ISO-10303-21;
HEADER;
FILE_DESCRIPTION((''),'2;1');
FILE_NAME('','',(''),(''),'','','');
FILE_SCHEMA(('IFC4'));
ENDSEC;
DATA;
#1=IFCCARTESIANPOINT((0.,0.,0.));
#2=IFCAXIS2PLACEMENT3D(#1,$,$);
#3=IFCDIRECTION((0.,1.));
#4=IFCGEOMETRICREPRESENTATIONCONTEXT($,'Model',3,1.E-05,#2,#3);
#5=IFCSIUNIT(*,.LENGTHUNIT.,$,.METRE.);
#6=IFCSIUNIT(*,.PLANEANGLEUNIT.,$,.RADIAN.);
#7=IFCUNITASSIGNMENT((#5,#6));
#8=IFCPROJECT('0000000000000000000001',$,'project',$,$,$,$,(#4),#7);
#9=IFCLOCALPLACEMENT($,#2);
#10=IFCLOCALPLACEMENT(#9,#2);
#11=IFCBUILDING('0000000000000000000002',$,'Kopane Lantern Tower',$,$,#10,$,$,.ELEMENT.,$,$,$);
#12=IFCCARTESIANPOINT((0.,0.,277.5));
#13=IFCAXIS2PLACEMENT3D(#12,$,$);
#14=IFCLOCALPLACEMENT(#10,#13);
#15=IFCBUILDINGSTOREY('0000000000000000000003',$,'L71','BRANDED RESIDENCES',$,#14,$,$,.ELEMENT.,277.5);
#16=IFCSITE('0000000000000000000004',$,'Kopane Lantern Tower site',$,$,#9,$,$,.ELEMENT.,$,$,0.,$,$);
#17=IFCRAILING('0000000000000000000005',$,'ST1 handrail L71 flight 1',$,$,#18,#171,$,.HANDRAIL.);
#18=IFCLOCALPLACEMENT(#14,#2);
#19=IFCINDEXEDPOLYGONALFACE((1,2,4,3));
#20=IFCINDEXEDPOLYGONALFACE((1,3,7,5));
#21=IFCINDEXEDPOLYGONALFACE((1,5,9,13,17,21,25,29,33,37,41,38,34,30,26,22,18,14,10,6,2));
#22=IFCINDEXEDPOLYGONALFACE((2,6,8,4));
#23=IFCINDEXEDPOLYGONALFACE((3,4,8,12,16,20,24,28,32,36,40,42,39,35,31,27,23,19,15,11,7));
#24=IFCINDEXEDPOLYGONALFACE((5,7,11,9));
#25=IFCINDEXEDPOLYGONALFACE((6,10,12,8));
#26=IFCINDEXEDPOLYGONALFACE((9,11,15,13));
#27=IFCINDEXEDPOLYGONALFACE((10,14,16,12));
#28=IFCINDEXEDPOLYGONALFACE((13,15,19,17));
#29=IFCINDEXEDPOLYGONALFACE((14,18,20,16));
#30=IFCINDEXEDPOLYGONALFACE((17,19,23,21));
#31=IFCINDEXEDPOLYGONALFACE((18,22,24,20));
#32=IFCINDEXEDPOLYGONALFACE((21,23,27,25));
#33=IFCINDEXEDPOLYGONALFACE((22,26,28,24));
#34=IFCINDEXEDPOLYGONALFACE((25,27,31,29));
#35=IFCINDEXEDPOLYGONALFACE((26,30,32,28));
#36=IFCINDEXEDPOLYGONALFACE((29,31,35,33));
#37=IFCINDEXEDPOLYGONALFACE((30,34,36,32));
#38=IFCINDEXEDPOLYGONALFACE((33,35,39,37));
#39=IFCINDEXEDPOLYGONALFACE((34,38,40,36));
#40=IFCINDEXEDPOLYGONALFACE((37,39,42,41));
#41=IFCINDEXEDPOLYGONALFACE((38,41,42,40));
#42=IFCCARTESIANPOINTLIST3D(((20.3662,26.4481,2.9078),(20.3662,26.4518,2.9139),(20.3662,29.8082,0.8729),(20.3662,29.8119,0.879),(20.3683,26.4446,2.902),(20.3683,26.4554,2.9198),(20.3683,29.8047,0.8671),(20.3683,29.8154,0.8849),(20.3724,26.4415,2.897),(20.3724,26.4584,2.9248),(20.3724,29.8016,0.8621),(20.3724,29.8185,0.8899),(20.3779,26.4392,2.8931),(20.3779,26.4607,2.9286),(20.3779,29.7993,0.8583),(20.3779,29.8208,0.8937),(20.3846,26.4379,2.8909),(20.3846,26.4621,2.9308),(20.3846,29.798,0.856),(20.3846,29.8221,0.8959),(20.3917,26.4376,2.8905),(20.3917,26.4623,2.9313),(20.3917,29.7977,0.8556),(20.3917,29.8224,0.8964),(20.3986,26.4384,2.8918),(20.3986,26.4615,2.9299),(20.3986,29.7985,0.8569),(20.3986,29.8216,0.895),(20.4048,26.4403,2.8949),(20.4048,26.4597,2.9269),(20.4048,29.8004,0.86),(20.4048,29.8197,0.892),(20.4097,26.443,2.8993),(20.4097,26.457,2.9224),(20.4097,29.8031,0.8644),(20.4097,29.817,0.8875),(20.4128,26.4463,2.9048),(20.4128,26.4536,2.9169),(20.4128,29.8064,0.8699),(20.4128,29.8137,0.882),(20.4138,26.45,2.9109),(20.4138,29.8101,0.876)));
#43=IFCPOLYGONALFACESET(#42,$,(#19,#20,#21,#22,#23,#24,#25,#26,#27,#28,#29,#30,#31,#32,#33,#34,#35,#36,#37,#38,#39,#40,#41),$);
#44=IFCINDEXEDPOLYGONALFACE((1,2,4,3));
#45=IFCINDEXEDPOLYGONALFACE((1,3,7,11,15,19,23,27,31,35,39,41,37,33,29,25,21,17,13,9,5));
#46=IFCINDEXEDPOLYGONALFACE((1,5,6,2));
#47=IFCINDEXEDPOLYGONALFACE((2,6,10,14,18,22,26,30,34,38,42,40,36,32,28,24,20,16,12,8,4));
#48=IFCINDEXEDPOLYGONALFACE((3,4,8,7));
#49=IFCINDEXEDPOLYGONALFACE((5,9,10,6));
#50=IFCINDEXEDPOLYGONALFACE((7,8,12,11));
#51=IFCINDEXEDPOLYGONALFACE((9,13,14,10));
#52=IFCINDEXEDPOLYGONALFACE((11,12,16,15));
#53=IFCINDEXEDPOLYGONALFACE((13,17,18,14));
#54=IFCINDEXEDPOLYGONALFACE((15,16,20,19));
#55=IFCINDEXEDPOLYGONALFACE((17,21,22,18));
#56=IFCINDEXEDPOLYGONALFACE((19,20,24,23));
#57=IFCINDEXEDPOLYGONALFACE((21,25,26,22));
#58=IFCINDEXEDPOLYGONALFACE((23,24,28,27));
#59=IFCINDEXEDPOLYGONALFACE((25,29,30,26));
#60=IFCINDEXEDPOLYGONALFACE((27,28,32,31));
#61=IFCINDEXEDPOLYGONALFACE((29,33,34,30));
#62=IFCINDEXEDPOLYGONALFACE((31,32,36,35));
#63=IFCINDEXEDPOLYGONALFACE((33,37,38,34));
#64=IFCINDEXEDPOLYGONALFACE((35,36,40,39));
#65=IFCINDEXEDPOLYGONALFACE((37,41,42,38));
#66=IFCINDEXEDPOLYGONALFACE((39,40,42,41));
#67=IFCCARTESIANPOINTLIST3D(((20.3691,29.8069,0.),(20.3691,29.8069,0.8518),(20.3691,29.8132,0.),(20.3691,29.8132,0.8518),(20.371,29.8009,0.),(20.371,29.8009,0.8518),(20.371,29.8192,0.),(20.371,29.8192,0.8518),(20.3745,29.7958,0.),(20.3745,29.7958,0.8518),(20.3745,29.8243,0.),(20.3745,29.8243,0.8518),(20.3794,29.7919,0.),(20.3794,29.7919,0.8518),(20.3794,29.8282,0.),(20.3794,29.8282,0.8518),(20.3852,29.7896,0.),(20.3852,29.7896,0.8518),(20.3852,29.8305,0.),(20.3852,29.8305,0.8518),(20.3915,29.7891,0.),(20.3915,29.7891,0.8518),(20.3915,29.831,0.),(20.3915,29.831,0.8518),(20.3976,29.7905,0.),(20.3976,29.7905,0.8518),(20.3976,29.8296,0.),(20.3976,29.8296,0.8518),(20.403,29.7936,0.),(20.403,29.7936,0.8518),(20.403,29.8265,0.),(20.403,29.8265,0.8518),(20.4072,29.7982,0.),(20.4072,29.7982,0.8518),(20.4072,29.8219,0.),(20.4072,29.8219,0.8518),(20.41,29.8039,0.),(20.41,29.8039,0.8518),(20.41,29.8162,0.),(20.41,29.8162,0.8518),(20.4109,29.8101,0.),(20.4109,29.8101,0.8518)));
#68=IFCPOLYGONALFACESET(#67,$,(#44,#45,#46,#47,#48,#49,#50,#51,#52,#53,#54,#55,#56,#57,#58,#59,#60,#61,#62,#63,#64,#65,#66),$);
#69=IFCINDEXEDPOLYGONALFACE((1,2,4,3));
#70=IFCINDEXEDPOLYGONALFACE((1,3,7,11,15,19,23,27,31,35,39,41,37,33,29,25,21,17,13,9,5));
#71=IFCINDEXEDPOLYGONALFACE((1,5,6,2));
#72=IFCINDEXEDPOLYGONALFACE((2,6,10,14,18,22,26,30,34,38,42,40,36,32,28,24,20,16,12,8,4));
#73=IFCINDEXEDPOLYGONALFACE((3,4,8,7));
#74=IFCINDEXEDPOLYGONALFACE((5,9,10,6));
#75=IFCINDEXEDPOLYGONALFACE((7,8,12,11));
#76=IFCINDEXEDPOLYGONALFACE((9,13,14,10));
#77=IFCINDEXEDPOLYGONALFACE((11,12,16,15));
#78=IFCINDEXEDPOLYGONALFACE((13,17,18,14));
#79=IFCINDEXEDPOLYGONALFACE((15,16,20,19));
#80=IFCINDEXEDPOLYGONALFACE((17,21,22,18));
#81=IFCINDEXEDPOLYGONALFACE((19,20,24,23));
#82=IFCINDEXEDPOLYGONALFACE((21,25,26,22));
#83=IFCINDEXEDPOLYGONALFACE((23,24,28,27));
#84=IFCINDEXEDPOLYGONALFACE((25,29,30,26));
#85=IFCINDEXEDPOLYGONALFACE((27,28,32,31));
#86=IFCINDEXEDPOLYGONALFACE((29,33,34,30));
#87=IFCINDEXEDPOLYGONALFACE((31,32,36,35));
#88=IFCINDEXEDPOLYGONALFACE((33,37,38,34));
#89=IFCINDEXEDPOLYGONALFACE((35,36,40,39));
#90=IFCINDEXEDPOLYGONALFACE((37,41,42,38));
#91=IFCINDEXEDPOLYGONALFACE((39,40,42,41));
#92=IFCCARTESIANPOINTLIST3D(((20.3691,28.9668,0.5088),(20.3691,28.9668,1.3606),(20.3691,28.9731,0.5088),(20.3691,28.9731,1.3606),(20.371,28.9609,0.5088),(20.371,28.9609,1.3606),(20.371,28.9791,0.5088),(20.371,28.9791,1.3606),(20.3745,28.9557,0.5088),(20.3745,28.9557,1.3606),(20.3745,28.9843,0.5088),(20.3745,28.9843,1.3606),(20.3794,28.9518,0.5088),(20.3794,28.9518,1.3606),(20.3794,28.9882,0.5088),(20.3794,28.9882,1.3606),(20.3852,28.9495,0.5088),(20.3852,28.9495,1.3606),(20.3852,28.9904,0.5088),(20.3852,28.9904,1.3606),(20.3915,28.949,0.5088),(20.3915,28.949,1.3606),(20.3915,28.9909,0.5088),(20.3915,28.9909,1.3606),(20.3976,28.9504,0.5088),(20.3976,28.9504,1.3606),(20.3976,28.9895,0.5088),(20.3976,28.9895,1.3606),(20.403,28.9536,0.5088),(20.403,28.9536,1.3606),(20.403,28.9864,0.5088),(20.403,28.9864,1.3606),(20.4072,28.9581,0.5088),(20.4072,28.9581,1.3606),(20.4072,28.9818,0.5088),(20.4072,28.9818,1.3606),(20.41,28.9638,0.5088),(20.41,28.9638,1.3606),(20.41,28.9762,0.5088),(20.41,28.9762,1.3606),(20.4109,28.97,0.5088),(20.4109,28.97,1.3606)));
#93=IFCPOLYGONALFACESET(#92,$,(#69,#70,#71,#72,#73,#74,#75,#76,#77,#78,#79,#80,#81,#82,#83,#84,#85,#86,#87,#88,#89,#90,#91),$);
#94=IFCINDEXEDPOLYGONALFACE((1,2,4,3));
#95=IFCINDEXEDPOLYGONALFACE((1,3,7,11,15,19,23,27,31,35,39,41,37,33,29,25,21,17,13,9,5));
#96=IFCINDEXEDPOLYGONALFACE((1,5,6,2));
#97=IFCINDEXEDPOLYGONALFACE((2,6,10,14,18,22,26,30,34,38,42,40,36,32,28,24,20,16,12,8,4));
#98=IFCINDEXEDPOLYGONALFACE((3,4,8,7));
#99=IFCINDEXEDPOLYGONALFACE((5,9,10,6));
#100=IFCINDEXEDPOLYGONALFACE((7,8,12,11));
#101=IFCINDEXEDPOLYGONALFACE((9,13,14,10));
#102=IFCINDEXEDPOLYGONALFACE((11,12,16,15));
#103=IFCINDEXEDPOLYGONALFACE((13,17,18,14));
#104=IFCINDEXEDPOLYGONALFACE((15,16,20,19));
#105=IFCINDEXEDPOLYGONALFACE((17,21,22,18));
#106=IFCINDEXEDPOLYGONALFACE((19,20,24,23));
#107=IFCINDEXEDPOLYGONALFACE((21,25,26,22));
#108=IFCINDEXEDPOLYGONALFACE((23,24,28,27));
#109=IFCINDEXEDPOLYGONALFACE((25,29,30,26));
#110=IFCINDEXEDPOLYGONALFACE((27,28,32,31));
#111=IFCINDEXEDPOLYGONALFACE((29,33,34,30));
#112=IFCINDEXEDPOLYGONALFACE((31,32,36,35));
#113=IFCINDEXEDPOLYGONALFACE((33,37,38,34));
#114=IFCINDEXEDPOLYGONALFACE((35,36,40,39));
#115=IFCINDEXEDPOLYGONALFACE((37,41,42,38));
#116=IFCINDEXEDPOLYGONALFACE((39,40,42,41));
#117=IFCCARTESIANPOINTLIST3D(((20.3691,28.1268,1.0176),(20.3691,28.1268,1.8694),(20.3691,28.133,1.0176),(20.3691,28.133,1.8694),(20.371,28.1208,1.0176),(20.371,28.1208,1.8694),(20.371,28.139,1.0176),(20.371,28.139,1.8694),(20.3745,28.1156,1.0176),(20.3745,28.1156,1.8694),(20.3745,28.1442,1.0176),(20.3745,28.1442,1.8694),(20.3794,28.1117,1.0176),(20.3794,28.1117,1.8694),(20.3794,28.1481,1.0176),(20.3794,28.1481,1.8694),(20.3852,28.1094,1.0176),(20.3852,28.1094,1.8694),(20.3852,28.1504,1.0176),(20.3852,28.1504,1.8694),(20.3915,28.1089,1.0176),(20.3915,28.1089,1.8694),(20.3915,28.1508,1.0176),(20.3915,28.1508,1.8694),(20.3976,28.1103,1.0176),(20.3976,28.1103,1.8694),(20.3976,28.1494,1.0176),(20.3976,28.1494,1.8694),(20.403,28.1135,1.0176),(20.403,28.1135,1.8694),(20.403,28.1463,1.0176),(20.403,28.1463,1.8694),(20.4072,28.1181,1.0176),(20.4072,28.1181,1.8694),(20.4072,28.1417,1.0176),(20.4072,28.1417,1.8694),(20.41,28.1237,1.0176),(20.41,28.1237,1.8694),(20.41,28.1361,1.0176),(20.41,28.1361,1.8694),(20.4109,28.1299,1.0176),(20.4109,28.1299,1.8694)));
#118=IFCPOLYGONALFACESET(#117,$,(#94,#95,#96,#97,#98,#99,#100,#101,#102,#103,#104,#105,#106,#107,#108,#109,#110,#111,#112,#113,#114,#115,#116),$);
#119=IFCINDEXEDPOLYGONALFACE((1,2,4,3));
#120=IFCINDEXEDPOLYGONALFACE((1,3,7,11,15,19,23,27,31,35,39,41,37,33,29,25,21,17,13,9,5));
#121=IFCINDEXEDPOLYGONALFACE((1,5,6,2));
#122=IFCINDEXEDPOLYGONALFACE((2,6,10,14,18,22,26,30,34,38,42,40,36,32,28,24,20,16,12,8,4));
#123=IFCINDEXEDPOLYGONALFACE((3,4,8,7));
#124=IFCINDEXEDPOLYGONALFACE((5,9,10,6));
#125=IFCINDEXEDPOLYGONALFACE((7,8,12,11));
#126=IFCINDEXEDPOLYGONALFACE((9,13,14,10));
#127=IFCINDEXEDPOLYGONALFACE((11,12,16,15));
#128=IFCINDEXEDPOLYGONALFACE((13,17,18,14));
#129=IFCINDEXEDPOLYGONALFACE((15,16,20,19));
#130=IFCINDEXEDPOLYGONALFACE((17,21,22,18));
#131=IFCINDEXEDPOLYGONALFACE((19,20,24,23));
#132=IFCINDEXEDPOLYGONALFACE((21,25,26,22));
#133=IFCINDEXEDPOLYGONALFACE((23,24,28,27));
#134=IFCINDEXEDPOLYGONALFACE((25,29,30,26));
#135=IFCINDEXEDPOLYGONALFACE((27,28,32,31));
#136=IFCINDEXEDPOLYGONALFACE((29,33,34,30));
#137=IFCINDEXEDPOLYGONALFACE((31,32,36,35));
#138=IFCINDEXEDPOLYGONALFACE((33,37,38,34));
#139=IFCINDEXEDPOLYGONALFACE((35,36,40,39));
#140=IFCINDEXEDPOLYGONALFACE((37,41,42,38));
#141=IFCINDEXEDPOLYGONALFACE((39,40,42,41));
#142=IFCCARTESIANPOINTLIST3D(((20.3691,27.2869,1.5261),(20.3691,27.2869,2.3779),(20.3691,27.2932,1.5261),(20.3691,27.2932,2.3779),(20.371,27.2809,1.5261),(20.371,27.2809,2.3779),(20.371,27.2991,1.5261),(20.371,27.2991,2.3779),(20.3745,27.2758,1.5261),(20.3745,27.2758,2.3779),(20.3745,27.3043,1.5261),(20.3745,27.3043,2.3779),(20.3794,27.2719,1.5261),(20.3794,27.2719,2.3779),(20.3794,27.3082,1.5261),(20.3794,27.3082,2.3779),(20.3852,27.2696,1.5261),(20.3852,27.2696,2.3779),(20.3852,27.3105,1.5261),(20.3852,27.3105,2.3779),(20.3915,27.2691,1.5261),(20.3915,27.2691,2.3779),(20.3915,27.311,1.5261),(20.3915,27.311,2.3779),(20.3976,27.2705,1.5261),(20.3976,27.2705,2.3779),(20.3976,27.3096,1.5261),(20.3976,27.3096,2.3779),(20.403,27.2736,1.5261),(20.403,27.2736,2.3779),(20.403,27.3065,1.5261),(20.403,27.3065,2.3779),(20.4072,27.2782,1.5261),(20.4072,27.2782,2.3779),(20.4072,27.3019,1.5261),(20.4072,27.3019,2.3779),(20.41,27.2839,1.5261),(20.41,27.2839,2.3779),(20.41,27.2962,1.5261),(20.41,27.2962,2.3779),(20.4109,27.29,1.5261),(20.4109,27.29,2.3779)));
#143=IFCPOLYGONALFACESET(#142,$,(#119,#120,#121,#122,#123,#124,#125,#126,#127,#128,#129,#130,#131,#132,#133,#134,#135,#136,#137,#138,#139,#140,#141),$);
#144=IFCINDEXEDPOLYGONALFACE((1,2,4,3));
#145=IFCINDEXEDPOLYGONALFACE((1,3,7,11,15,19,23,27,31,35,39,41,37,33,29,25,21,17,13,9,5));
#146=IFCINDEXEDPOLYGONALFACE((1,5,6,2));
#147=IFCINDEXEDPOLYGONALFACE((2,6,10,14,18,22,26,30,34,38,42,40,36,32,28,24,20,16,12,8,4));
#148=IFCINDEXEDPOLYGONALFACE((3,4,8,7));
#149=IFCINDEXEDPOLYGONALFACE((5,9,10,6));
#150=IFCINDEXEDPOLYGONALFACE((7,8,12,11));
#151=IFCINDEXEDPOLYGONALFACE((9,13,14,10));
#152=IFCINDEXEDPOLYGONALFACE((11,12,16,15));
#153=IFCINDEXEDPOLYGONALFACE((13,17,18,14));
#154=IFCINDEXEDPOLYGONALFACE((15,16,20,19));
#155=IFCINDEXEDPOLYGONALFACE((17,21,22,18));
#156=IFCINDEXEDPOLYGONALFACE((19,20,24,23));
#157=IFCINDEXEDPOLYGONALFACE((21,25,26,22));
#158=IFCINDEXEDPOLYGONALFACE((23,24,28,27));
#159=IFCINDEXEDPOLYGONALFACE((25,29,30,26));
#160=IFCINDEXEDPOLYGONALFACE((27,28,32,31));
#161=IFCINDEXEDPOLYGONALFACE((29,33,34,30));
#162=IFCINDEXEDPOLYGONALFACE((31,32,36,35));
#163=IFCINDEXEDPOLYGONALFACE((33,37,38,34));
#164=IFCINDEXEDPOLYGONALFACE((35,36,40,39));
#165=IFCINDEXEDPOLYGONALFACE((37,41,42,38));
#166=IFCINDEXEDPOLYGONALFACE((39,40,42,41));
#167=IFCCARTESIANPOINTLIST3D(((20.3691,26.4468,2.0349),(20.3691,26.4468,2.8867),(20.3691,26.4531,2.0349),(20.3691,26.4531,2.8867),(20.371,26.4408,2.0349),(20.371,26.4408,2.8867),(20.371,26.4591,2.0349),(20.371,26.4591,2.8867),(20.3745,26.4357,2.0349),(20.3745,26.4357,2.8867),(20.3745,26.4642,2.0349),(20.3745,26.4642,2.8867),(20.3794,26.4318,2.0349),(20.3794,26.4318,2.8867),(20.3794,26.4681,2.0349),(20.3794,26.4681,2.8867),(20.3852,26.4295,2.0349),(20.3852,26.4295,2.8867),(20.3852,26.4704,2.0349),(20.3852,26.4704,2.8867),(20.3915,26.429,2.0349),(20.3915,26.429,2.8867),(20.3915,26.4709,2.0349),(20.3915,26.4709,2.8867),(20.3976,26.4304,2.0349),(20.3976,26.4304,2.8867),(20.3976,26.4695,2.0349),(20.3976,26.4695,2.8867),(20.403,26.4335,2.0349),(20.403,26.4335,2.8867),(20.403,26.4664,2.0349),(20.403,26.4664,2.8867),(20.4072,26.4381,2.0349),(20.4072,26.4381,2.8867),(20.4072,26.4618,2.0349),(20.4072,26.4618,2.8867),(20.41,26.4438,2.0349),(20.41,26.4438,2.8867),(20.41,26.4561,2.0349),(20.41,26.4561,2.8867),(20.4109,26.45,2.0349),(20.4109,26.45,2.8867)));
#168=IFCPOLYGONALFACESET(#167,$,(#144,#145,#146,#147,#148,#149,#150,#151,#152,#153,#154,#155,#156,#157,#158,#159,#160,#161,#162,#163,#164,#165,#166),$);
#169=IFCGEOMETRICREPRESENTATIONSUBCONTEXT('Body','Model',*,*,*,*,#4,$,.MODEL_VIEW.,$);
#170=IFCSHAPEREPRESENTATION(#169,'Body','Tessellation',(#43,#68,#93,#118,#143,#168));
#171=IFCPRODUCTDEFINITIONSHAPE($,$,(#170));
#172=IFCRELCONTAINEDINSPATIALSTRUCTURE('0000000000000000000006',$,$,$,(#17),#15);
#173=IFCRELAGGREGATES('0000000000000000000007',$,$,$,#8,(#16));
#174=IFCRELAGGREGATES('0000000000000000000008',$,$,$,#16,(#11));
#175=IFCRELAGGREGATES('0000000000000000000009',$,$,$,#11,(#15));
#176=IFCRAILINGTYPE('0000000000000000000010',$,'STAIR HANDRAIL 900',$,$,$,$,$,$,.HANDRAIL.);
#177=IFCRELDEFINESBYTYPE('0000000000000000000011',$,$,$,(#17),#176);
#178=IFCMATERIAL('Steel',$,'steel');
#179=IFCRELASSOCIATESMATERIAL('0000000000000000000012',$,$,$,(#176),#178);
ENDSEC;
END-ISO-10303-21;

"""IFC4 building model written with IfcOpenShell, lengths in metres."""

from ifc_helpers import new_model, si_unit, direction, frame, origin, origin_2d, place, context, subcontext, project, spatial, circle, extrude, material, type_object, element, save


model = new_model("IFC4")

# Units and contexts
model_context = context("Model", 3, precision=1e-05, world=origin(), true_north=direction((0.0, 1.0)))
body_context = subcontext(model_context, "Body", "Model", "MODEL_VIEW")
ifc_project = project(units=[si_unit("LENGTHUNIT", "METRE"), si_unit("PLANEANGLEUNIT", "RADIAN")], contexts=[model_context])

# Site, building, storey
site_placement = place(None, origin())
site = spatial("IfcSite", under=ifc_project, at=site_placement, Name="Kopane Lantern Tower site", CompositionType="ELEMENT", RefElevation=0.0)
building_placement = place(site_placement, origin())
building = spatial("IfcBuilding", under=site, at=building_placement, Name="Kopane Lantern Tower", CompositionType="ELEMENT")
storey_placement = place(building_placement, frame((0.0, 0.0, 277.5)))
storey = spatial("IfcBuildingStorey", under=building, at=storey_placement, Name="L71", Description="BRANDED RESIDENCES", CompositionType="ELEMENT", Elevation=277.5)

# Railing
ifc_material_1 = material(Name="Steel", Category="steel")
railing_type_1 = type_object("IfcRailingType", Name="STAIR HANDRAIL 900", PredefinedType="HANDRAIL", material=ifc_material_1)
for number, where, name in (
    (1, (20.3899, 29.8101, 0.0), "ST1 handrail L71 flight 1"),
):
    element("IfcRailing", number, at=place(storey_placement, frame(where)), inside=storey, type_object=railing_type_1, Name=name, PredefinedType="HANDRAIL", context=body_context, shape_type="SweptSolid", body=[
        extrude(circle(Radius=0.0239, at=origin_2d()), frame((0.0, 0.0, 0.876), z_axis=(0.0, -0.855369, 0.518019), x_axis=(1.0, 0.0, 0.0)), (0.0, 0.0, 1.0), 3.9282),
        extrude(circle(Radius=0.021, at=origin_2d()), origin(), (0.0, 0.0, 1.0), 0.8518),
        extrude(circle(Radius=0.021, at=origin_2d()), frame((0.0, -0.8401, 0.5088)), (0.0, 0.0, 1.0), 0.8518),
        extrude(circle(Radius=0.021, at=origin_2d()), frame((0.0, -1.6802, 1.0176)), (0.0, 0.0, 1.0), 0.8518),
        extrude(circle(Radius=0.021, at=origin_2d()), frame((0.0, -2.52, 1.5261)), (0.0, 0.0, 1.0), 0.8518),
        extrude(circle(Radius=0.021, at=origin_2d()), frame((0.0, -3.3601, 2.0349)), (0.0, 0.0, 1.0), 0.8518),
    ])

save(model, "model.ifc")
